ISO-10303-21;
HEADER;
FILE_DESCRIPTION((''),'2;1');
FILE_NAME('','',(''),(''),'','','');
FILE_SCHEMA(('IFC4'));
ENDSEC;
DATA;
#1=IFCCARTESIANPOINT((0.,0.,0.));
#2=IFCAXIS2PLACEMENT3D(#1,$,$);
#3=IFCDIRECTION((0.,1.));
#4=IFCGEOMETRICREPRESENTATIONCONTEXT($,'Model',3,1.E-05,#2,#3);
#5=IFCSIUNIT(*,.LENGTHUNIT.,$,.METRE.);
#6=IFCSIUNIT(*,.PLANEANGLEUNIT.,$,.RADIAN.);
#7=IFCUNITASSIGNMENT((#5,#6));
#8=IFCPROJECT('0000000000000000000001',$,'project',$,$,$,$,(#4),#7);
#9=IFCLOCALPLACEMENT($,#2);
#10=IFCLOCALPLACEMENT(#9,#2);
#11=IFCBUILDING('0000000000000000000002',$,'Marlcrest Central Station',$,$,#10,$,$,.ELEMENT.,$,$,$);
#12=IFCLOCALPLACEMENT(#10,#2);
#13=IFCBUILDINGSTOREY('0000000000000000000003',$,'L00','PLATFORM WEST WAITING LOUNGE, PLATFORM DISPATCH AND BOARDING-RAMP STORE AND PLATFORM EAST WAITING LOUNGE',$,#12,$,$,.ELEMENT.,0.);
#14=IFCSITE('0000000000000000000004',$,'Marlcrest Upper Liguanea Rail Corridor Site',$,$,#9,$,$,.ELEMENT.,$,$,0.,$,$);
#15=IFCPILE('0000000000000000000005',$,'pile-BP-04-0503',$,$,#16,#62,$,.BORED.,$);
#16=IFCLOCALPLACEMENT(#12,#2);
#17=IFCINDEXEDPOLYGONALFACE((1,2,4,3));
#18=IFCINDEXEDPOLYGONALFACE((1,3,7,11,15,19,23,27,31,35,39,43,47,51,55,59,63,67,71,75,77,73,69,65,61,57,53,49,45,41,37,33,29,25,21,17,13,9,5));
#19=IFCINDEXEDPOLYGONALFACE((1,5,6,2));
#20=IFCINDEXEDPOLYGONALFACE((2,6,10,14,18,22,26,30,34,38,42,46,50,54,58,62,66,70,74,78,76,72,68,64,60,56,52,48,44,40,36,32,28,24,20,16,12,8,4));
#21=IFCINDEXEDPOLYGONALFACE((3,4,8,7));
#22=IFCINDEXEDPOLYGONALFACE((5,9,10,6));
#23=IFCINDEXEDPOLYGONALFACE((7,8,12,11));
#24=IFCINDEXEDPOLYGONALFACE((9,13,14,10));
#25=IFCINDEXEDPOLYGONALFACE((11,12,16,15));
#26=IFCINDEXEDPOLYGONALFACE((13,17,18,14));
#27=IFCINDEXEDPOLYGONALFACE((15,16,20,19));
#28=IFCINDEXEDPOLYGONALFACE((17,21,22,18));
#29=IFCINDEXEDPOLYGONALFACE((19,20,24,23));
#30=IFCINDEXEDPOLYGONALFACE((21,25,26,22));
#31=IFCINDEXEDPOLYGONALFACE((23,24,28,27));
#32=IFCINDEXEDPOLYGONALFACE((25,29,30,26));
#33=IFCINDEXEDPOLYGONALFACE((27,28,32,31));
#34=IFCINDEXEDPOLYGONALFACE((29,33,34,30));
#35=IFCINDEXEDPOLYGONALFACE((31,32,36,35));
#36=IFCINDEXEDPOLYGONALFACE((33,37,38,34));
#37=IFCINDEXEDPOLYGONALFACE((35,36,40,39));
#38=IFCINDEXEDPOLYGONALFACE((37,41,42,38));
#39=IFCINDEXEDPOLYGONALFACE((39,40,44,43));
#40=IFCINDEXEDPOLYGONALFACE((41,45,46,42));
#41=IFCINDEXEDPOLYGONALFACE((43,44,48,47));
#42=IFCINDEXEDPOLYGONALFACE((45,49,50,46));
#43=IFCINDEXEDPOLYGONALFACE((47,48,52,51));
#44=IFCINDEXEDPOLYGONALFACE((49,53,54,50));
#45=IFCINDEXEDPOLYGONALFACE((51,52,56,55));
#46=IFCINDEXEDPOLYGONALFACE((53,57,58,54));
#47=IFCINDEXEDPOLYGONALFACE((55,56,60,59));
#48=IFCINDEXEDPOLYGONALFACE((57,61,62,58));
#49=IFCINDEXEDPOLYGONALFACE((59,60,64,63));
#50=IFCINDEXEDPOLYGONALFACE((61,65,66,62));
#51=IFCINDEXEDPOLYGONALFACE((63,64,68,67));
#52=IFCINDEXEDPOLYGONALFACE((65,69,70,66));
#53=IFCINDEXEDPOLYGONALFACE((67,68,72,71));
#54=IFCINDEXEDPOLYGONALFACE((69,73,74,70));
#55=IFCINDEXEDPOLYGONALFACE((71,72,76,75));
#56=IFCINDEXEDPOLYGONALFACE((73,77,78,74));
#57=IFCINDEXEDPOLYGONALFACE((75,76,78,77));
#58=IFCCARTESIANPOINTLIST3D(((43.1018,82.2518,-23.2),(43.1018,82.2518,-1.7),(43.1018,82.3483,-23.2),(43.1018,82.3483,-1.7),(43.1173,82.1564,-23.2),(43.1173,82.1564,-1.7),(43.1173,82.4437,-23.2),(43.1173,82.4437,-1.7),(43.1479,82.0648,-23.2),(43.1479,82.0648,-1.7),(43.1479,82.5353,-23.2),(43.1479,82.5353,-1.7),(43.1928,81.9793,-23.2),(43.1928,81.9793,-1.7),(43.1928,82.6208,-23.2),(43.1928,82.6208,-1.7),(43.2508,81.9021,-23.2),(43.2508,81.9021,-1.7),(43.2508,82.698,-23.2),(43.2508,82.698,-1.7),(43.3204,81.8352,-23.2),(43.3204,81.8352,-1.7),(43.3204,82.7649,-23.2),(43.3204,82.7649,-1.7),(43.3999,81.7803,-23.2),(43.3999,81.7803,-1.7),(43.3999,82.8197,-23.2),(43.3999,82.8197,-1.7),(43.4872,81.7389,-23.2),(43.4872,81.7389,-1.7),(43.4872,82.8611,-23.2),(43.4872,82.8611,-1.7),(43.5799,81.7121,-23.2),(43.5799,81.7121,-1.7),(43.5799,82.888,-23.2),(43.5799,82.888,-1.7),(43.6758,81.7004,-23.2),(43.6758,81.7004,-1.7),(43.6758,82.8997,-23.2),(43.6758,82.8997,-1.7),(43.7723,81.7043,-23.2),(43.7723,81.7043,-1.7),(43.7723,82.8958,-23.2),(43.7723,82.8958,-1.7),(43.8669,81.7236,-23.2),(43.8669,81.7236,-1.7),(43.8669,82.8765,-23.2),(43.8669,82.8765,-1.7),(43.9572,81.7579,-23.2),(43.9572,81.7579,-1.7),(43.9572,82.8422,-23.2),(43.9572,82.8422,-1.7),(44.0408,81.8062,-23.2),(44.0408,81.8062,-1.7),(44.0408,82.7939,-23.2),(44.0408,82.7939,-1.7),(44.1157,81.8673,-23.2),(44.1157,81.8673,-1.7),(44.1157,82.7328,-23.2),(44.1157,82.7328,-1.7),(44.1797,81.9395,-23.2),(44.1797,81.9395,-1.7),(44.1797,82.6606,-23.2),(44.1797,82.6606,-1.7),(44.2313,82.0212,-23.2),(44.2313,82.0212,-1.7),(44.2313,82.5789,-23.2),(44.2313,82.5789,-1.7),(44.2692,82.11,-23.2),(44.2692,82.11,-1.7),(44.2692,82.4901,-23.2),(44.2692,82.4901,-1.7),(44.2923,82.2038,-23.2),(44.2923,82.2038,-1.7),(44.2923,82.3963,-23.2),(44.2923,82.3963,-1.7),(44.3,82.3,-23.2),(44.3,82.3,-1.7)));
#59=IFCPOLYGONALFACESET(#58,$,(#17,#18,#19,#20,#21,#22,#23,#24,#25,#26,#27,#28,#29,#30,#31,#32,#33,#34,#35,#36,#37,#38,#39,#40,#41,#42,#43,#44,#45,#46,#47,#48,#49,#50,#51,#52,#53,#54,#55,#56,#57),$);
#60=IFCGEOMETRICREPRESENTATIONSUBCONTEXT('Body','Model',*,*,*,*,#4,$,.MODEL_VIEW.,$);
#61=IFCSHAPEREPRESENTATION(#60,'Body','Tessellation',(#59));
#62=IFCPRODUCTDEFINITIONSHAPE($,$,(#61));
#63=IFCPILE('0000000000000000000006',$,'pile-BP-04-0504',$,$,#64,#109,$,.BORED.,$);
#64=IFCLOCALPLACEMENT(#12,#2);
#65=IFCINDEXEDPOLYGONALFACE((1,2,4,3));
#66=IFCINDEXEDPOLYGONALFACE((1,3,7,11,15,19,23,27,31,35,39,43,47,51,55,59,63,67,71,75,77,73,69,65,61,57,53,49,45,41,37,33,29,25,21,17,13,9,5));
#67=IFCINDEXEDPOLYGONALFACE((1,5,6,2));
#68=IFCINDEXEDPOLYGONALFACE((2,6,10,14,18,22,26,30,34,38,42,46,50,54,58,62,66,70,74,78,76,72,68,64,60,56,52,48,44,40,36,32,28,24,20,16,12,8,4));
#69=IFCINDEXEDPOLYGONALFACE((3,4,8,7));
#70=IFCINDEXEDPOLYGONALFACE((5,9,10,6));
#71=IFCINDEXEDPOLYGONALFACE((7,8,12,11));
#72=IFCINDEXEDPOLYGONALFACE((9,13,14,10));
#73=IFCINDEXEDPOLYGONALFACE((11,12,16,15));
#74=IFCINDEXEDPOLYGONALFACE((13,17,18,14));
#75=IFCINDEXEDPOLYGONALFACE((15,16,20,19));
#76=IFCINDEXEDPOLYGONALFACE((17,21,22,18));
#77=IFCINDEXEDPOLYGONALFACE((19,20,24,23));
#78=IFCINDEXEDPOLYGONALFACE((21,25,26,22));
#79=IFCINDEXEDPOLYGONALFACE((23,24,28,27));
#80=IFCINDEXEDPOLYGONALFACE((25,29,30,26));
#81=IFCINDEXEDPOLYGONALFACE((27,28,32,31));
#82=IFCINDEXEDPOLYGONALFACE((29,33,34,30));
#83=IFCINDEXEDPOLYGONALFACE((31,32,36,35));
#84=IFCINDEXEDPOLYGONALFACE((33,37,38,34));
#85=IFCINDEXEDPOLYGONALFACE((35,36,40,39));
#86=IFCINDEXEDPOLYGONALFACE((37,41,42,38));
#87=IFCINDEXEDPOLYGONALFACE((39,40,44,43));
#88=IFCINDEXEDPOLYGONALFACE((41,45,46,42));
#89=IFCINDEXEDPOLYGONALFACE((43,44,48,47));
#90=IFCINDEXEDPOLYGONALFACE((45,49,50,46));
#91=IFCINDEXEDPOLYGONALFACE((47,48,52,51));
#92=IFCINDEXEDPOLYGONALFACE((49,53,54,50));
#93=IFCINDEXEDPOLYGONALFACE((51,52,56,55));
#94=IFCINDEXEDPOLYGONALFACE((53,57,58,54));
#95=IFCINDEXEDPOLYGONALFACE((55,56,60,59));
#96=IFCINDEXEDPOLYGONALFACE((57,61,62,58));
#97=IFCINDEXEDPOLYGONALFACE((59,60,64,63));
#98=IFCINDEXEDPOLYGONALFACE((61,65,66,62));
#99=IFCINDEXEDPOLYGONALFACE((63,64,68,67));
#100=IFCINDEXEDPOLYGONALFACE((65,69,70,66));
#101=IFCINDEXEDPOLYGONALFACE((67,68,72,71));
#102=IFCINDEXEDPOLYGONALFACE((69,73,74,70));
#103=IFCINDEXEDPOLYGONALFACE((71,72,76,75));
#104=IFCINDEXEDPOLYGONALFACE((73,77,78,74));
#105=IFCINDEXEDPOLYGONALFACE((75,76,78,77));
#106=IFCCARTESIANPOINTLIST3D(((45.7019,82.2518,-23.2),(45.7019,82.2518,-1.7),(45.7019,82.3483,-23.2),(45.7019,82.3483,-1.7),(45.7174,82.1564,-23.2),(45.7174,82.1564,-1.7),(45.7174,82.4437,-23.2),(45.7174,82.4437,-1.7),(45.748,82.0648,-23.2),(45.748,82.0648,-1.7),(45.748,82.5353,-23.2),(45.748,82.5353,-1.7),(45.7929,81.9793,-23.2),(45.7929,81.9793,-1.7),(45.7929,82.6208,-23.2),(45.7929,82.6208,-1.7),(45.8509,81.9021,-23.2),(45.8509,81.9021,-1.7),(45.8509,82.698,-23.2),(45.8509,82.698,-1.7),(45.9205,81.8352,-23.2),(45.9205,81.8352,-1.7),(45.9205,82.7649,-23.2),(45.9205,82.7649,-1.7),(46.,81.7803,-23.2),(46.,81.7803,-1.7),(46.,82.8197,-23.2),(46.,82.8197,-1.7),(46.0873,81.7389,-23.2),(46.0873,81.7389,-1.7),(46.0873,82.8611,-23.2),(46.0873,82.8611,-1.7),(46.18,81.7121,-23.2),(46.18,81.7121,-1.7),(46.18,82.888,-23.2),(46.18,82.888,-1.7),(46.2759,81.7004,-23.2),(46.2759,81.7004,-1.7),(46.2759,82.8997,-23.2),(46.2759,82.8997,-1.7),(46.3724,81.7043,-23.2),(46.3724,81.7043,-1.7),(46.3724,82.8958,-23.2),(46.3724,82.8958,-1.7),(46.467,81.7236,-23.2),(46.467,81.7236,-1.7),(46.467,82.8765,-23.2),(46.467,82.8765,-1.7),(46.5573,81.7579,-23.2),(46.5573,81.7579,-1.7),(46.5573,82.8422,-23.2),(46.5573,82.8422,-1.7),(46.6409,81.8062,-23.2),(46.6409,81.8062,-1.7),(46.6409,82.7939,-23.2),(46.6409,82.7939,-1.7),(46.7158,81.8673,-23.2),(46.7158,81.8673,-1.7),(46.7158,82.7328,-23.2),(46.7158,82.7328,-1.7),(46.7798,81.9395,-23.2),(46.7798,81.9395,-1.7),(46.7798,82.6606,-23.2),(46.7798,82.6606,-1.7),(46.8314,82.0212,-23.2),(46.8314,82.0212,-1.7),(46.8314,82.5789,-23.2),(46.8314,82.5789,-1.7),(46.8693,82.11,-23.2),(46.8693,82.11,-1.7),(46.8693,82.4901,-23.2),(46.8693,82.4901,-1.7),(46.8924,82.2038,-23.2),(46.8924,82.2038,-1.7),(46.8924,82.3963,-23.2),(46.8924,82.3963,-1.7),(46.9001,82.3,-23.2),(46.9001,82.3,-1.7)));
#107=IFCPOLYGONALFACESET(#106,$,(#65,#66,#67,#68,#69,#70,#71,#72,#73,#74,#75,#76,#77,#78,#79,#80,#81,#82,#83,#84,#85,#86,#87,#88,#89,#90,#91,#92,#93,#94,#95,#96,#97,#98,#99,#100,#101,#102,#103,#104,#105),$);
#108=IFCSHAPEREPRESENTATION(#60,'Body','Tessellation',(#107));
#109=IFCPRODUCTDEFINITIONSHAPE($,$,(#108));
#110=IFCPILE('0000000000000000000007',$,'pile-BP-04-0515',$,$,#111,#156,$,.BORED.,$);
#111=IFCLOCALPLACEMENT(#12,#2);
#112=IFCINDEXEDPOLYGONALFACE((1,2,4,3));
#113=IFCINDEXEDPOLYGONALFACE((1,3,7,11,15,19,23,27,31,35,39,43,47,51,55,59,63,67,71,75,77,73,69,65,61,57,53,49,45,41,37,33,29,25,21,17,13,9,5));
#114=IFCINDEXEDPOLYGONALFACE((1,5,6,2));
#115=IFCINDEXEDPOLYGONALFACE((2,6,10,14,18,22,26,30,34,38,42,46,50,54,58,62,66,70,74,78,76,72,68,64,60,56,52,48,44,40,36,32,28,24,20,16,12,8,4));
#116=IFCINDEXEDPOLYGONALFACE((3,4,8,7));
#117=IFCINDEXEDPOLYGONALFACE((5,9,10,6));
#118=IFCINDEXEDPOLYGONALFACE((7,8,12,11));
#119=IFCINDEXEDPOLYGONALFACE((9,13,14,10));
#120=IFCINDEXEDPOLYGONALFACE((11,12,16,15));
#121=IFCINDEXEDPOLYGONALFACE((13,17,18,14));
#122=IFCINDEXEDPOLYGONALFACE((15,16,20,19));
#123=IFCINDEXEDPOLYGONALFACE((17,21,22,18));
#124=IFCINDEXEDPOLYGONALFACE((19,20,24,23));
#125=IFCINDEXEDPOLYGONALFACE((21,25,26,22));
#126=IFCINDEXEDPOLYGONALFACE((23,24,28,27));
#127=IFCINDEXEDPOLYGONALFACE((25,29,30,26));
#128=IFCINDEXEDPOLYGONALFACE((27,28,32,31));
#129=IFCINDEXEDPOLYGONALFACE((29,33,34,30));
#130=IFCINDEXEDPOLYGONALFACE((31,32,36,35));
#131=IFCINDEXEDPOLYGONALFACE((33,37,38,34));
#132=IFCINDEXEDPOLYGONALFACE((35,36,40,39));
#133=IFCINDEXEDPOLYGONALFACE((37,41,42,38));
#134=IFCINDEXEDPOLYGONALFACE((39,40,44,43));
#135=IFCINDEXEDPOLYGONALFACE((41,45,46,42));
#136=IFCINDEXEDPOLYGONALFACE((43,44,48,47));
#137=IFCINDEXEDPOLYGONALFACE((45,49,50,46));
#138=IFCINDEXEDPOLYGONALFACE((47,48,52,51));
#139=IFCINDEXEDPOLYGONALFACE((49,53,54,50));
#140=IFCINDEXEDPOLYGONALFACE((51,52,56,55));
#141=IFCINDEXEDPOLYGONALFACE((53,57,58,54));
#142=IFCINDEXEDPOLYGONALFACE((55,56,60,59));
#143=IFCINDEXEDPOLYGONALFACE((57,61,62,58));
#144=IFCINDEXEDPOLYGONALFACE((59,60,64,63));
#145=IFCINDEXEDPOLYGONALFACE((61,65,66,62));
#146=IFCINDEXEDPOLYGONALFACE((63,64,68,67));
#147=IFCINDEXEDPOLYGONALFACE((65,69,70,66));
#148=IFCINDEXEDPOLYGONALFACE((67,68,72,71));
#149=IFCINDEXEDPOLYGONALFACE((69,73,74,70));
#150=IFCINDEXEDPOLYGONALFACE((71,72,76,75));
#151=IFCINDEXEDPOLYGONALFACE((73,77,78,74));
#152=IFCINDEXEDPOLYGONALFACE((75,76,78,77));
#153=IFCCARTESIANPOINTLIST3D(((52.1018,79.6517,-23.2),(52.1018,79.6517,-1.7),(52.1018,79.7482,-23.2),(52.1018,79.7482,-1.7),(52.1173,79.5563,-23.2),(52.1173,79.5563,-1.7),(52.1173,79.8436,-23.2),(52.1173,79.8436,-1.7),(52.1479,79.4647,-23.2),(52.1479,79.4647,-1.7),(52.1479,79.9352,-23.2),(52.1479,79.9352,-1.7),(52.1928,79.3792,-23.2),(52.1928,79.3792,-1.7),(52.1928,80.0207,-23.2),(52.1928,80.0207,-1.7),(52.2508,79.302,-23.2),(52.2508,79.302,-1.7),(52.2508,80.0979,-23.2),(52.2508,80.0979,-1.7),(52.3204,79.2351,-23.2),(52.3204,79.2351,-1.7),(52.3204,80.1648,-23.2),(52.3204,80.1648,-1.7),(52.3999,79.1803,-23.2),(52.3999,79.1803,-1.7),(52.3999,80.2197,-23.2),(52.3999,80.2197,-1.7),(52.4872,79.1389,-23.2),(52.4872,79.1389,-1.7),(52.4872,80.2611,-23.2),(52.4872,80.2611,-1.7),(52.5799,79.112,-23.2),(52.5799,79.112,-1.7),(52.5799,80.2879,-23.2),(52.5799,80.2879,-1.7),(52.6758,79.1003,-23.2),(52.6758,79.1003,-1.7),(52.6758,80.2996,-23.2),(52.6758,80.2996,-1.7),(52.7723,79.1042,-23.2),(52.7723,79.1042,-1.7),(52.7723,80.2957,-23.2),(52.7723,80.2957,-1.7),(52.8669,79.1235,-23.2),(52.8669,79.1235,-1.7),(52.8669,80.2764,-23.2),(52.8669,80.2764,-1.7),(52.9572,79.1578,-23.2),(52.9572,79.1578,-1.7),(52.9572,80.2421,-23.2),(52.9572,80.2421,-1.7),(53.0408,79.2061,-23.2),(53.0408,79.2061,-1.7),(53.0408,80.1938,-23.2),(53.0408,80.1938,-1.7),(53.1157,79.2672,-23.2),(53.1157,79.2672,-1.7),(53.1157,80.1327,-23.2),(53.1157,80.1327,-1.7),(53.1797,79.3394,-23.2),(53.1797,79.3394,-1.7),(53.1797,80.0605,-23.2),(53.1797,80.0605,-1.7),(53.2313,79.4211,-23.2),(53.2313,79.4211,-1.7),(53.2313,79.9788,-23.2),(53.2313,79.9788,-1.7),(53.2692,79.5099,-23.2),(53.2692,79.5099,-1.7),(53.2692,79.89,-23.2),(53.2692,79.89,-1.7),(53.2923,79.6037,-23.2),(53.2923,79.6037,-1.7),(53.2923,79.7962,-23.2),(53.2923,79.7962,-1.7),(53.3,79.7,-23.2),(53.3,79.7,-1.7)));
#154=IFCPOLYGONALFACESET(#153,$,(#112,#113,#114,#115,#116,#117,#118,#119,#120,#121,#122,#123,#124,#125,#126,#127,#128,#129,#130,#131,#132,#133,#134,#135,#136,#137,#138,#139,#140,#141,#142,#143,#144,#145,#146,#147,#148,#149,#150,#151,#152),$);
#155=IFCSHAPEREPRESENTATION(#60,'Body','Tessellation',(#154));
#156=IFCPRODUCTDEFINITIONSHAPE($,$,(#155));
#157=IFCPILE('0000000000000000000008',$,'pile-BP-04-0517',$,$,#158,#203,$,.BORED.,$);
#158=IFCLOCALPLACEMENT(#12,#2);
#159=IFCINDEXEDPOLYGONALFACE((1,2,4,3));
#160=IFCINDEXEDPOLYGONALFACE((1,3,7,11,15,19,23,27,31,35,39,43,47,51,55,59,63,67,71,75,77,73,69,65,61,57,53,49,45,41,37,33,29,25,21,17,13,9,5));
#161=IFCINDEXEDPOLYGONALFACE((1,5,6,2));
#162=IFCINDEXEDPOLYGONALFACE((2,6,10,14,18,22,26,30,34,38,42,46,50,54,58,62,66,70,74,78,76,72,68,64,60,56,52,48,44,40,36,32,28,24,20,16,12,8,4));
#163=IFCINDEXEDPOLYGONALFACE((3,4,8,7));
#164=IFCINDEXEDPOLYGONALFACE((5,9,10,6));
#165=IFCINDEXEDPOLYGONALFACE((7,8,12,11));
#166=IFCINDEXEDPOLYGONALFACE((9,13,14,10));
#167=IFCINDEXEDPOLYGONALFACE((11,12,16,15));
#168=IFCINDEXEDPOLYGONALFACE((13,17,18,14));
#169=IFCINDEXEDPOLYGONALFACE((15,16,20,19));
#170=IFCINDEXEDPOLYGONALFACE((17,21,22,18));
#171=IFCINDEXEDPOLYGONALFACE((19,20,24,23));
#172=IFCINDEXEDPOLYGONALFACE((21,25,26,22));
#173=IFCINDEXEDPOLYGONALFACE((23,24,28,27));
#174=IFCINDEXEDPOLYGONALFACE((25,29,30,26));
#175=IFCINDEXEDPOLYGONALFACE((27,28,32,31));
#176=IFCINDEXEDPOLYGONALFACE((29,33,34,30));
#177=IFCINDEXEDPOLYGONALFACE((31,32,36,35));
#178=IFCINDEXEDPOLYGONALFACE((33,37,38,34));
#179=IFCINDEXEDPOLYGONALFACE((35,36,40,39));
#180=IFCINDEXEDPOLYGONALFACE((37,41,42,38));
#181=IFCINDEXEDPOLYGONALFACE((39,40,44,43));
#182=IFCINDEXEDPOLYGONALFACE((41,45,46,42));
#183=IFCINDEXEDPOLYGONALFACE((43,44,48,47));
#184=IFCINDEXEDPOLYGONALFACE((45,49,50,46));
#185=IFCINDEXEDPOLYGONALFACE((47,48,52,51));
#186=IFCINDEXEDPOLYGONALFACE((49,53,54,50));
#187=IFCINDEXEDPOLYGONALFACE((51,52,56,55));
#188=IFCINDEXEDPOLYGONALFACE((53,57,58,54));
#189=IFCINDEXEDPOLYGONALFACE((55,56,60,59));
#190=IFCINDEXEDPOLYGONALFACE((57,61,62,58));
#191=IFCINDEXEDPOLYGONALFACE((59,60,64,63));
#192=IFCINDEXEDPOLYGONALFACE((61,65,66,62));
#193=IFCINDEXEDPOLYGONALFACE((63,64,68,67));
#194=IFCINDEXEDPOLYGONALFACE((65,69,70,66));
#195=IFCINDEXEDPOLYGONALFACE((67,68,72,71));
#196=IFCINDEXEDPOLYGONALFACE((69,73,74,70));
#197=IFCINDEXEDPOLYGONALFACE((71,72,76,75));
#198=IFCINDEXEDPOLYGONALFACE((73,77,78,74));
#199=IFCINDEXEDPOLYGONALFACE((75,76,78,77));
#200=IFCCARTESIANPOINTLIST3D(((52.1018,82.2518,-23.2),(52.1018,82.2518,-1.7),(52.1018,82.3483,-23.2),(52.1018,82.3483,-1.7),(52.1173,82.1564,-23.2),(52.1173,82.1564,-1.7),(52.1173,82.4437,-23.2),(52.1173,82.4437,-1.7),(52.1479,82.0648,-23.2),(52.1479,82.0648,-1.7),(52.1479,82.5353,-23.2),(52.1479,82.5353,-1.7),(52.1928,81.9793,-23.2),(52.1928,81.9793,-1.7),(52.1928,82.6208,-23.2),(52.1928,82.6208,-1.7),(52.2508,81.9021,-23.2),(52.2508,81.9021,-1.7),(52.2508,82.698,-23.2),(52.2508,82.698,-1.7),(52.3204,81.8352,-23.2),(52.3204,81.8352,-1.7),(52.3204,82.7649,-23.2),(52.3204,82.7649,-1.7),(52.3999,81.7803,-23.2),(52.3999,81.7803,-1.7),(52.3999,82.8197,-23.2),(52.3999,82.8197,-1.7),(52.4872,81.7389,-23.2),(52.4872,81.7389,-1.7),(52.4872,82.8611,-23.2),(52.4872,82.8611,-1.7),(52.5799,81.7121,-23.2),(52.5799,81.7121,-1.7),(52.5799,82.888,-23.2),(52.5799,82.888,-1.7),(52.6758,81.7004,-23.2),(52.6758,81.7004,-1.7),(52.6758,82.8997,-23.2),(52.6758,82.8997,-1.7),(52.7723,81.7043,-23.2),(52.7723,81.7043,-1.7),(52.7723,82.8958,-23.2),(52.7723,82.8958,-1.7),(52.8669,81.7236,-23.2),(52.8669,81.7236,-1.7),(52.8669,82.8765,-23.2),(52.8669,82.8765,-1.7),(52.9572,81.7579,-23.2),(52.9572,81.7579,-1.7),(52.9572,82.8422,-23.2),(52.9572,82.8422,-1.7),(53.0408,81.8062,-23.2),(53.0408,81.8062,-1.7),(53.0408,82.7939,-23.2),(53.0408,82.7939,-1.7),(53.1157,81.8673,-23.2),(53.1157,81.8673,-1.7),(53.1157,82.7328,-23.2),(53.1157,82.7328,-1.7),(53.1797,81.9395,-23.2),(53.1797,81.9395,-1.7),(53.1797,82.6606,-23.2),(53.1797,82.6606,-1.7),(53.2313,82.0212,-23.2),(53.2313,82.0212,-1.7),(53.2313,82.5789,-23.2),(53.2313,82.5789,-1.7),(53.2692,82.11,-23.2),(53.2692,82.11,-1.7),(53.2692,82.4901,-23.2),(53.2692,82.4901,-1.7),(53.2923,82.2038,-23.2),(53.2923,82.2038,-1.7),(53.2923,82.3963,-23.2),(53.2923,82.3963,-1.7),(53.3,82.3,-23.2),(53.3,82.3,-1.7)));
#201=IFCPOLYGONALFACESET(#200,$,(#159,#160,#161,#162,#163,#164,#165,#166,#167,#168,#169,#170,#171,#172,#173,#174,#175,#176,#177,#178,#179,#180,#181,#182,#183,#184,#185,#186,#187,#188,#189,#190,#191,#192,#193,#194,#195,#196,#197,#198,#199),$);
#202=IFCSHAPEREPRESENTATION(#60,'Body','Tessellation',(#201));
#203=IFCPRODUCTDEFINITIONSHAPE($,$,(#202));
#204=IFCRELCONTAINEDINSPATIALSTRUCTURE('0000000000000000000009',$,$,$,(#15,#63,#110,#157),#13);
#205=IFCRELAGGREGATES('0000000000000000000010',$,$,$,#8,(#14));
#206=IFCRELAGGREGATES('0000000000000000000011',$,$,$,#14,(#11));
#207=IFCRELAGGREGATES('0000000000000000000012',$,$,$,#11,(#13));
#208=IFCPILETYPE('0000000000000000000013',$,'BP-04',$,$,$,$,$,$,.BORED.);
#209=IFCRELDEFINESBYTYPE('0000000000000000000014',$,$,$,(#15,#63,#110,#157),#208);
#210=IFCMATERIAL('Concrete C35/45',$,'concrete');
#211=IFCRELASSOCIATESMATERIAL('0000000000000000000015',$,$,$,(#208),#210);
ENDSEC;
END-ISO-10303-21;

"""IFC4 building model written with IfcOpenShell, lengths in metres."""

from ifc_helpers import new_model, si_unit, direction, frame, origin, origin_2d, place, context, subcontext, project, spatial, circle, extrude, material, material_profile, profile_set, type_object, element, save


model = new_model("IFC4")

# Units and contexts
model_context = context("Model", 3, precision=1e-05, world=origin(), true_north=direction((0.0, 1.0)))
body_context = subcontext(model_context, "Body", "Model", "MODEL_VIEW")
ifc_project = project(units=[si_unit("LENGTHUNIT", "METRE"), si_unit("PLANEANGLEUNIT", "RADIAN")], contexts=[model_context])

# Site, building, storey
site_placement = place(None, origin())
site = spatial("IfcSite", under=ifc_project, at=site_placement, Name="Marlcrest Upper Liguanea Rail Corridor Site", CompositionType="ELEMENT", RefElevation=0.0)
building_placement = place(site_placement, origin())
building = spatial("IfcBuilding", under=site, at=building_placement, Name="Marlcrest Central Station", CompositionType="ELEMENT")
storey_placement = place(building_placement, origin())
storey = spatial("IfcBuildingStorey", under=building, at=storey_placement, Name="L00", Description="PLATFORM WEST WAITING LOUNGE, PLATFORM DISPATCH AND BOARDING-RAMP STORE AND PLATFORM EAST WAITING LOUNGE", CompositionType="ELEMENT", Elevation=0.0)

# Piles
ifc_material_1 = material(Name="Concrete C35/45", Category="concrete")
ifc_material_profile_1 = material_profile(ifc_material_1, circle(Radius=0.6001, at=origin_2d()), Name="PILE D1200")
ifc_profile_set_1 = profile_set([ifc_material_profile_1], Name="Concrete C35/45")
pile_type_1 = type_object("IfcPileType", Name="BP-04", PredefinedType="BORED", material=ifc_profile_set_1)
for number, where, z_axis, x_axis, name in (
    (1, (43.7, 82.3, -1.7), (0.0, 0.0, -1.0), (1.0, 0.0, 0.0), "pile-BP-04-0503"),
    (2, (46.3, 82.3, -1.7), (0.0, 0.0, -1.0), (1.0, 0.0, 0.0), "pile-BP-04-0504"),
    (3, (52.7, 79.7, -1.7), (0.0, 0.0, -1.0), (1.0, 0.0, 0.0), "pile-BP-04-0515"),
    (4, (52.7, 82.3, -1.7), (0.0, 0.0, -1.0), (1.0, 0.0, 0.0), "pile-BP-04-0517"),
):
    element("IfcPile", number, at=place(storey_placement, frame(where, z_axis=z_axis, x_axis=x_axis)), inside=storey, type_object=pile_type_1, Name=name, PredefinedType="BORED", context=body_context, shape_type="SweptSolid", body=[
        extrude(circle(Radius=0.6001, at=origin_2d()), origin(), (0.0, 0.0, 1.0), 21.5),
    ])

save(model, "model.ifc")
